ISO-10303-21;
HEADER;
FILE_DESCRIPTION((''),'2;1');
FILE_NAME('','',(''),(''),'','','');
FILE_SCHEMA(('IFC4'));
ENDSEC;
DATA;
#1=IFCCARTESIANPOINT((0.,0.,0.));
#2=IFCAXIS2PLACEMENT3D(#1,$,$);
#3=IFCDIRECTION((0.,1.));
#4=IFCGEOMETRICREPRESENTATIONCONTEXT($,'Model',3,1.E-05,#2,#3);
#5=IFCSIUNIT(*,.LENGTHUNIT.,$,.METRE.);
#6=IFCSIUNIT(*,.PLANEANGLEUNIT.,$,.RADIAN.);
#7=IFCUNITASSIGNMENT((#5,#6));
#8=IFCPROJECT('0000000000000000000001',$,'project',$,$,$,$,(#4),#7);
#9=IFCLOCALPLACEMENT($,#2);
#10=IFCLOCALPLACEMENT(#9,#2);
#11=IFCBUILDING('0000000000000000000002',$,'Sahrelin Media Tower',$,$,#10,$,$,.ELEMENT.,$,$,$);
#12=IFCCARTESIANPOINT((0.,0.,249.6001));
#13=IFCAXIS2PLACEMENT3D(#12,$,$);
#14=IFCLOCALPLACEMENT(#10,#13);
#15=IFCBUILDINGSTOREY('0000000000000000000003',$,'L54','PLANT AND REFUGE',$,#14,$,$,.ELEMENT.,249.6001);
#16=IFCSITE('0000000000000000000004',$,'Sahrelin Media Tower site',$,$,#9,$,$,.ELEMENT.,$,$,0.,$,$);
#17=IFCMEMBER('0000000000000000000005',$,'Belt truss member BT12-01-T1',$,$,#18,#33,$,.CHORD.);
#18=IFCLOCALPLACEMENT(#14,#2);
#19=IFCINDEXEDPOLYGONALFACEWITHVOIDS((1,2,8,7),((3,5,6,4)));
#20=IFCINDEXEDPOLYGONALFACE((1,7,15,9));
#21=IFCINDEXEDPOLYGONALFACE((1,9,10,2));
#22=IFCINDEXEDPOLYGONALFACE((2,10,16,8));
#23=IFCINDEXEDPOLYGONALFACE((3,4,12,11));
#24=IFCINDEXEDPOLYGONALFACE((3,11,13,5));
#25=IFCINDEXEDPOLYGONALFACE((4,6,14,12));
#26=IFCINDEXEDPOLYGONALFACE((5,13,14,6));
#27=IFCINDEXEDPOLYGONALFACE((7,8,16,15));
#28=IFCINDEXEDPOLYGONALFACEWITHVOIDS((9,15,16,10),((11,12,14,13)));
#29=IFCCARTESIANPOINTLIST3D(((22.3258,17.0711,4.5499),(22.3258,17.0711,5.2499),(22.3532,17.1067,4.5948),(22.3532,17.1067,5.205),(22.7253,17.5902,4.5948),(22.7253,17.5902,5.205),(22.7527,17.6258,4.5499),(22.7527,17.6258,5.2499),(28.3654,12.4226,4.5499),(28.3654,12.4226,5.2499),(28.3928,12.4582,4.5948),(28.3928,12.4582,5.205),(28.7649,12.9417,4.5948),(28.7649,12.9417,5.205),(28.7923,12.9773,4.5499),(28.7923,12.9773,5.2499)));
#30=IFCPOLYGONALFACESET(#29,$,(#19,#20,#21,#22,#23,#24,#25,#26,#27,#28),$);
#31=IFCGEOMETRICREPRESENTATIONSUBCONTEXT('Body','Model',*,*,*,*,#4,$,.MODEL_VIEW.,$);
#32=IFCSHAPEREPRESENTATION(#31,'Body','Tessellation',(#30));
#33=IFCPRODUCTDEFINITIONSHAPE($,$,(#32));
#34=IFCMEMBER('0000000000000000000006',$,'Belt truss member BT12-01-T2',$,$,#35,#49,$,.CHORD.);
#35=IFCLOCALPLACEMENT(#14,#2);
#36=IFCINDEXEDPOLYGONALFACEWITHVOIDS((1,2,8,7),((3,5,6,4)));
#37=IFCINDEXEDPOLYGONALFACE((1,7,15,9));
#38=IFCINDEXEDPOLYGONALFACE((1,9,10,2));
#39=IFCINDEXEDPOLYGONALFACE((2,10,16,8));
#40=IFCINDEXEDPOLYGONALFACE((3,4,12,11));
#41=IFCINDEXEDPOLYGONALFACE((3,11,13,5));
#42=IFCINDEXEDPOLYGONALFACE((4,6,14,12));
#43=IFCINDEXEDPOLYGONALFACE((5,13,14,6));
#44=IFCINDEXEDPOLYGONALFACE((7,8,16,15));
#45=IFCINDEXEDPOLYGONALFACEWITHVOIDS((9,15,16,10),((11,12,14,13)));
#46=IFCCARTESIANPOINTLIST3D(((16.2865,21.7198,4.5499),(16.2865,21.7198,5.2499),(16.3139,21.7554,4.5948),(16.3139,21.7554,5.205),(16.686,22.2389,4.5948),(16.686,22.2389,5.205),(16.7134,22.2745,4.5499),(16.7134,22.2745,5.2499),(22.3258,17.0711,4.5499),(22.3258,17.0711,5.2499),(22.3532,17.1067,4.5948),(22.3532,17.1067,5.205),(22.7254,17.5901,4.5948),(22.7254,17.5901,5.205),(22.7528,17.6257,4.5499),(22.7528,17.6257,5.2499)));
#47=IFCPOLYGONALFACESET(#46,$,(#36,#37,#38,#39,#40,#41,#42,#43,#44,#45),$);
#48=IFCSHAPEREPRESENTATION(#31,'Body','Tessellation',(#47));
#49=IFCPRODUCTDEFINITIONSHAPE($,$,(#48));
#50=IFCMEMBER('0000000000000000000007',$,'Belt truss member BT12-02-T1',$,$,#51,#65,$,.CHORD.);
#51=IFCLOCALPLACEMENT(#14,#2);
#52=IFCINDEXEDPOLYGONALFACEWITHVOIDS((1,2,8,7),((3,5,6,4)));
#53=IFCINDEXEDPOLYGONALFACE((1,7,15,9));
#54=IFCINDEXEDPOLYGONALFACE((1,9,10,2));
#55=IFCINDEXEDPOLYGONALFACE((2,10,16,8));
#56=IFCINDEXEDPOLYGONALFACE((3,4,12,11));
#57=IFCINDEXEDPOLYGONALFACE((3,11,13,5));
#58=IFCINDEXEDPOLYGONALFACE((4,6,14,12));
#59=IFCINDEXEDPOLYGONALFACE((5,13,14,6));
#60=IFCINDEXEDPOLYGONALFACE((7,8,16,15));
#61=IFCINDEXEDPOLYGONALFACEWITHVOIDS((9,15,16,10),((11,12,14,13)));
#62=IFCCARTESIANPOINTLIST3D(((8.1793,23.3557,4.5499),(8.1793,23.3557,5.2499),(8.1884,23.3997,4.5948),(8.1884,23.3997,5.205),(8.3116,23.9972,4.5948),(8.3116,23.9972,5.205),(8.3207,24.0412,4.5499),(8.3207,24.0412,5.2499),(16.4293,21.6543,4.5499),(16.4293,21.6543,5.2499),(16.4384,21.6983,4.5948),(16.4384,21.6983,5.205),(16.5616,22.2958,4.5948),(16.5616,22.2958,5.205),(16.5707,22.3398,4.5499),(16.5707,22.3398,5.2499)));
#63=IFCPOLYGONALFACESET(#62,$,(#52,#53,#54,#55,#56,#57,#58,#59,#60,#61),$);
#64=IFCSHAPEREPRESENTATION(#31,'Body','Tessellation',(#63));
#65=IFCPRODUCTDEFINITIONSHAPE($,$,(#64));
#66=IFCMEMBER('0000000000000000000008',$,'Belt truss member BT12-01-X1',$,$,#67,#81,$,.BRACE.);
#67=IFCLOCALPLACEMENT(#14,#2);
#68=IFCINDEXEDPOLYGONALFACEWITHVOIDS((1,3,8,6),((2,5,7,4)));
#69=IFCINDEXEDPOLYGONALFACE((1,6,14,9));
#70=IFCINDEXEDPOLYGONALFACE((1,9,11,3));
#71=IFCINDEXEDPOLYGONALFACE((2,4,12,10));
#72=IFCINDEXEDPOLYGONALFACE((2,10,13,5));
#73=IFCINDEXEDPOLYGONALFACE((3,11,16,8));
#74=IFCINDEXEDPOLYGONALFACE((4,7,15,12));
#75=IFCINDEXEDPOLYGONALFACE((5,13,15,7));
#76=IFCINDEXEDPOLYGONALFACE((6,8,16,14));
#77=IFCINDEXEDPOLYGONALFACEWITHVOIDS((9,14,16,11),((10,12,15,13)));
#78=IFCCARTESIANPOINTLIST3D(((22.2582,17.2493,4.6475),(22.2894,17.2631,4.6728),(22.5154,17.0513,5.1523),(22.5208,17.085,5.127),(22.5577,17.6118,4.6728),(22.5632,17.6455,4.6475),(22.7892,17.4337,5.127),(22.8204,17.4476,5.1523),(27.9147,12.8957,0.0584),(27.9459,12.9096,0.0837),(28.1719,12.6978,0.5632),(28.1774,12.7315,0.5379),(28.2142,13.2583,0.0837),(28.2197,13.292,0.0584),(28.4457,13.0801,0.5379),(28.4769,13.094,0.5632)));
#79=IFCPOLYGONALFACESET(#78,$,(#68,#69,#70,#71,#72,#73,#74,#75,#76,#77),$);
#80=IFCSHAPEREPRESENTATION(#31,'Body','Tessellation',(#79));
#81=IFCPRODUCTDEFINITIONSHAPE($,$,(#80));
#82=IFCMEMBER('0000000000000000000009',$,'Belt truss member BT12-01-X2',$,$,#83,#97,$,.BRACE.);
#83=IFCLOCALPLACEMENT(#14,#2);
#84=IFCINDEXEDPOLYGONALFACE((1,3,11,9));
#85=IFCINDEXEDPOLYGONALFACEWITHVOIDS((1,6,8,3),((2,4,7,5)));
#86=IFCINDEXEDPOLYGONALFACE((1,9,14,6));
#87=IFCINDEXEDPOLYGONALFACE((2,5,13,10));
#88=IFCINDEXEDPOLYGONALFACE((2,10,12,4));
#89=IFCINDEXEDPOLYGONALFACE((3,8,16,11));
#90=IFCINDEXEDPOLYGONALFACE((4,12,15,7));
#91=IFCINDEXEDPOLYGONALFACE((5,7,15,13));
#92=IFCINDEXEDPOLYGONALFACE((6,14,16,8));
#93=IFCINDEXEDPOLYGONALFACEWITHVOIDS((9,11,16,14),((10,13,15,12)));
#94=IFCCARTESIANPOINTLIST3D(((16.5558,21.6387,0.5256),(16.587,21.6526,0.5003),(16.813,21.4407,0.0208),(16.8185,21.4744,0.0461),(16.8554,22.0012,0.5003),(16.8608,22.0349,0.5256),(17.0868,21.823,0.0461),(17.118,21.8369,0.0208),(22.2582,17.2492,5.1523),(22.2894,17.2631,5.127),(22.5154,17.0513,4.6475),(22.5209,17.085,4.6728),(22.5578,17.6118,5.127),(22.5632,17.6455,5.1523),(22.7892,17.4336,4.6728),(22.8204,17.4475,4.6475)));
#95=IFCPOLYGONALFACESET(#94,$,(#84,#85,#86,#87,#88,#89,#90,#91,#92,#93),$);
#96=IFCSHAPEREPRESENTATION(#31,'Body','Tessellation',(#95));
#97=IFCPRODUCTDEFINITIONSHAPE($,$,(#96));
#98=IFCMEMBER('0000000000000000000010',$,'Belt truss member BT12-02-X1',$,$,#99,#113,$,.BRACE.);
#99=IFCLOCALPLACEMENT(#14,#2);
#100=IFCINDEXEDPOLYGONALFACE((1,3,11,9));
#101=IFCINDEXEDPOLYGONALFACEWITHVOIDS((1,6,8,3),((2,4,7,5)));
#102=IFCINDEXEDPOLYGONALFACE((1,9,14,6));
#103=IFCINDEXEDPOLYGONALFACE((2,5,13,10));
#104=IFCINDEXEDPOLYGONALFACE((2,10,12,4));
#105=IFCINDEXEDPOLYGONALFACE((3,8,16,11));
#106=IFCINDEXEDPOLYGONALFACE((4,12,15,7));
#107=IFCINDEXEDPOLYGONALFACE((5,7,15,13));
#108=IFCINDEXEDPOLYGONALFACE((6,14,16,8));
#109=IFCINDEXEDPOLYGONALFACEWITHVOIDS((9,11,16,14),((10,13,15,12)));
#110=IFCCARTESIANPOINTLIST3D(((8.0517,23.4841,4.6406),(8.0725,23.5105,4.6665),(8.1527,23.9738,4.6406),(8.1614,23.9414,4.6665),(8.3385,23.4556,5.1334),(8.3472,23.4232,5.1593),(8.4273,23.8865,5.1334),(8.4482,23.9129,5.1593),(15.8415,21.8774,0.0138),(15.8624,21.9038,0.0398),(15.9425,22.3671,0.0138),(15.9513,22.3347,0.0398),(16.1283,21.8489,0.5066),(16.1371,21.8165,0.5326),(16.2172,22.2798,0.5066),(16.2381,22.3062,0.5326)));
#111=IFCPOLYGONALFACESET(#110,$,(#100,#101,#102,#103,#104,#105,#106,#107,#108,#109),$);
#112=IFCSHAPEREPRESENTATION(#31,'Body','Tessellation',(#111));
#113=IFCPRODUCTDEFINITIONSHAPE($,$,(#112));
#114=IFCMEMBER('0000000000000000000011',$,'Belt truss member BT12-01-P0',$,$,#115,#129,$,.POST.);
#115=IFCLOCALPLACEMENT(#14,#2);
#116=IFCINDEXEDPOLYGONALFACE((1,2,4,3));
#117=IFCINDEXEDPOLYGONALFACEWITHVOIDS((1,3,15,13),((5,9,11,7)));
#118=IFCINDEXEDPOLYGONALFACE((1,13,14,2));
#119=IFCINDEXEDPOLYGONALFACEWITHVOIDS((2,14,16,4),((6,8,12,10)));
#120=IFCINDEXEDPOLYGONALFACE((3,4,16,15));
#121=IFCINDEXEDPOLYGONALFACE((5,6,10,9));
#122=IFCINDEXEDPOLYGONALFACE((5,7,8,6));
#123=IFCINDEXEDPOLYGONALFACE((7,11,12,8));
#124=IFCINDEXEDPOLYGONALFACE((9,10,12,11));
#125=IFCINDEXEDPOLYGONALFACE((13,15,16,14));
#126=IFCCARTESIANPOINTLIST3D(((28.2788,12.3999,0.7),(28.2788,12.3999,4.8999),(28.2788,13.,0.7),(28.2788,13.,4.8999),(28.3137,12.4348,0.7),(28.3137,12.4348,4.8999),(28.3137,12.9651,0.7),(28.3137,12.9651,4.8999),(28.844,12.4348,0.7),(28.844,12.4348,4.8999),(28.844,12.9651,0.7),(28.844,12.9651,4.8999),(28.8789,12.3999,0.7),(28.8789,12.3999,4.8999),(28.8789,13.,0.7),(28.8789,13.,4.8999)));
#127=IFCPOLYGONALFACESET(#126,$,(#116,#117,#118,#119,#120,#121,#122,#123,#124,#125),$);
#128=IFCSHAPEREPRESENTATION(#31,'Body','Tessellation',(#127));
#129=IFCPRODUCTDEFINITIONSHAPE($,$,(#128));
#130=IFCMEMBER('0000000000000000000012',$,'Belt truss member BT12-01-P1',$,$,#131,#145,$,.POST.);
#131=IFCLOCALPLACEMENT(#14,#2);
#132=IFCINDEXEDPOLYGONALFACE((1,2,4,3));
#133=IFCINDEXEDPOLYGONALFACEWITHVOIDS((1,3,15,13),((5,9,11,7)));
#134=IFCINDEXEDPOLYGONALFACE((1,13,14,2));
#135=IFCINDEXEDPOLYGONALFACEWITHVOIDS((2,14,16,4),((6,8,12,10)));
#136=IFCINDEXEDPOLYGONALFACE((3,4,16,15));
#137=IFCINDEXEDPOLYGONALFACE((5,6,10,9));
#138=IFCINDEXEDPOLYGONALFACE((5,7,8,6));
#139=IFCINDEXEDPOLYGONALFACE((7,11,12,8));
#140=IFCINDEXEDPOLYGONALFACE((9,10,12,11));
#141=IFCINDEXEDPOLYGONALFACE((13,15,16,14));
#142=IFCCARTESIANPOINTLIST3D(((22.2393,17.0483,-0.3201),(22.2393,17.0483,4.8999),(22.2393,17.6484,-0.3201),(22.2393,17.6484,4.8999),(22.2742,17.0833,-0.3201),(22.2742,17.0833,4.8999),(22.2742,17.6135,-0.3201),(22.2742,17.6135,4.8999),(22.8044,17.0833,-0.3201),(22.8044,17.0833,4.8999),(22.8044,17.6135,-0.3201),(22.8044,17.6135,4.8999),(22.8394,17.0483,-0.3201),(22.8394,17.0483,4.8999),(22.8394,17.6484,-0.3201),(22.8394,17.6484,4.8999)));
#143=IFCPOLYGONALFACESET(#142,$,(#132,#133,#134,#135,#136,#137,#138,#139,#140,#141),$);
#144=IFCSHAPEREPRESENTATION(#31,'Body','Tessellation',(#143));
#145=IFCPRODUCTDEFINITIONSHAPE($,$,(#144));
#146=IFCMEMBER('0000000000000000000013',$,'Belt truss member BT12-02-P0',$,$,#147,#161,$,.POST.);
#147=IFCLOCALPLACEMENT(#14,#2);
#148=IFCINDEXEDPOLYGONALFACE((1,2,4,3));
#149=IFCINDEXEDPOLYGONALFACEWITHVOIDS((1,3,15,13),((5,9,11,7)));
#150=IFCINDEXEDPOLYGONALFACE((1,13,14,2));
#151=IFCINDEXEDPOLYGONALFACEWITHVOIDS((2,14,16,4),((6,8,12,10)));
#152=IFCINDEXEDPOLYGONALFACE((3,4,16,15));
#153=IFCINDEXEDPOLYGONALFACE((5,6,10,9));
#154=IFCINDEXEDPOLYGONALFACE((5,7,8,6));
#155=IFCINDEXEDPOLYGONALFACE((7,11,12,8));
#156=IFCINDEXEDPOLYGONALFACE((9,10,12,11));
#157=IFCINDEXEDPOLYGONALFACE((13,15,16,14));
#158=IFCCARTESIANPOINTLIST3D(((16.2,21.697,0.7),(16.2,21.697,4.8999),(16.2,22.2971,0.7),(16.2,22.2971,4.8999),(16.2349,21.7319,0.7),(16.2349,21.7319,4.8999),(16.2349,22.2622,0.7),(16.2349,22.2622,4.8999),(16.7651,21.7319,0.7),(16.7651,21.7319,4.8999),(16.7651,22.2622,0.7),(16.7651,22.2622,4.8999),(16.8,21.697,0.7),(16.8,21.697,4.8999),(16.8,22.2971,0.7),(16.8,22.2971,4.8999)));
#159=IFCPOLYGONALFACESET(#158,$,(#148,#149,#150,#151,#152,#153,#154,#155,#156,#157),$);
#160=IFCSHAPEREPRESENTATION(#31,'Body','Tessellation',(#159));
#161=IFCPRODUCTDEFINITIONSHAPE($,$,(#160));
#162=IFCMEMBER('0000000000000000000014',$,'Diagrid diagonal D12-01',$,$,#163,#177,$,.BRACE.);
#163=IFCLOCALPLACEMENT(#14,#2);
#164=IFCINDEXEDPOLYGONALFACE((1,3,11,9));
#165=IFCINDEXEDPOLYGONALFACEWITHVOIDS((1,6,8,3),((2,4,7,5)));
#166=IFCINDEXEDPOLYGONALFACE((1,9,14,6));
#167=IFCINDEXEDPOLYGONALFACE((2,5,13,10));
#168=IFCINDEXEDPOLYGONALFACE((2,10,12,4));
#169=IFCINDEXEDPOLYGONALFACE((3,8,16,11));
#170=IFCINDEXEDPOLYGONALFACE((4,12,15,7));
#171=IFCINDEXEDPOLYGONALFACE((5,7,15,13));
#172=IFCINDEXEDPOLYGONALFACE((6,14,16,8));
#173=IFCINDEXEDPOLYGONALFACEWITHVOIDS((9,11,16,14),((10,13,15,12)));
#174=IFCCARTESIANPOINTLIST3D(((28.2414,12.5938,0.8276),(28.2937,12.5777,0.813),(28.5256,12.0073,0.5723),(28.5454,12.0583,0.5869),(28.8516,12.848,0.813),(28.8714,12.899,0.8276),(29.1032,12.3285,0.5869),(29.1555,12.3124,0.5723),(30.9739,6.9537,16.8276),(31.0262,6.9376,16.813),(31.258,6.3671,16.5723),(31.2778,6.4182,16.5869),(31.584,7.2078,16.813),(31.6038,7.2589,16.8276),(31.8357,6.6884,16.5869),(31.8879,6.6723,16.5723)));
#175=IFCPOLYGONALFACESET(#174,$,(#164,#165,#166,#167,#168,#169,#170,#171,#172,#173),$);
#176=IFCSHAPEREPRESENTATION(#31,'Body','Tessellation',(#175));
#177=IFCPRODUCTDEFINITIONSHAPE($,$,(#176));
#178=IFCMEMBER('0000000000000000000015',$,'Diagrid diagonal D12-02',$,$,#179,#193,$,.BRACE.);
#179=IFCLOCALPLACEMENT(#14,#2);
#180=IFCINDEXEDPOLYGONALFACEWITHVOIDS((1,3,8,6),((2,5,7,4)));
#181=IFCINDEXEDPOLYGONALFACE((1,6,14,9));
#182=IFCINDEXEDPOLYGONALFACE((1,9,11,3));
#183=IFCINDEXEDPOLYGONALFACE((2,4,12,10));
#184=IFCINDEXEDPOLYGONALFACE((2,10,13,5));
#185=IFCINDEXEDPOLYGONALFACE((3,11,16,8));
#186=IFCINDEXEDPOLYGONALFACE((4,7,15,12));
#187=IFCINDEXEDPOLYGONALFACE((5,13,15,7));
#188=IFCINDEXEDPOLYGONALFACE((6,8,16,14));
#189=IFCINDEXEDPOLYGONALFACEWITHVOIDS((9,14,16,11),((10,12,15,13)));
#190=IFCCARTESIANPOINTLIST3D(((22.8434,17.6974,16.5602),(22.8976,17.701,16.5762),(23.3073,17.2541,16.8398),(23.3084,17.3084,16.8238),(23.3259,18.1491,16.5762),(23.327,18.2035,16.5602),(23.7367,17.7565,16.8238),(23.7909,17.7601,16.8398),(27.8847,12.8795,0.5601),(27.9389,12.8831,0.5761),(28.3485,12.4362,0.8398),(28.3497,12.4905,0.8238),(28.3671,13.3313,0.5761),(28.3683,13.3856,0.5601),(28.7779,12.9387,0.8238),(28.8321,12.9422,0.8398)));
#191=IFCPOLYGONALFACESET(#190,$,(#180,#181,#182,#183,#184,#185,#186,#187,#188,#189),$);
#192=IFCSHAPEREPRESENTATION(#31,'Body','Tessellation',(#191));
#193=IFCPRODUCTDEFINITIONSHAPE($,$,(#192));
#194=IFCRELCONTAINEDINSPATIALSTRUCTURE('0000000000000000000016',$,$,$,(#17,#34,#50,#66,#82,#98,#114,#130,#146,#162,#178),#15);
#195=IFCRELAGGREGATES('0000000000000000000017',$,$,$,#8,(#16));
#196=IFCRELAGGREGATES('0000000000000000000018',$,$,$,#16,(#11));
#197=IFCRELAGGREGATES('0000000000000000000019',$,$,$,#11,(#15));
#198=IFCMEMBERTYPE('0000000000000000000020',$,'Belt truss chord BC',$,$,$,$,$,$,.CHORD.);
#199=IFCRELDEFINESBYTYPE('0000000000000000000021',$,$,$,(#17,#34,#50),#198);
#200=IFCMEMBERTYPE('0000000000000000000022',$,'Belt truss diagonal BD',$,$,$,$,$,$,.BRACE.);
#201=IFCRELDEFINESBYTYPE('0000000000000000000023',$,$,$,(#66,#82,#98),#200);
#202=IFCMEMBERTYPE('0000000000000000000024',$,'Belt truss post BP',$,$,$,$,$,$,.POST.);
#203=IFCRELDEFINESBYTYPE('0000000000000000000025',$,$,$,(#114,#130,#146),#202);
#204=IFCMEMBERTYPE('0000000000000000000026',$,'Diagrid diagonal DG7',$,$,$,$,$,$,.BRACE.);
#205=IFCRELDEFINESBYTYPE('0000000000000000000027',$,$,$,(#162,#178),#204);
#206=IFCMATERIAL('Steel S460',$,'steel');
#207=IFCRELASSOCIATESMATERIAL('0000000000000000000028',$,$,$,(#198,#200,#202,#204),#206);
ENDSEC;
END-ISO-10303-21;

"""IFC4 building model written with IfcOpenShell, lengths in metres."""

from ifc_helpers import new_model, si_unit, direction, frame, origin, origin_2d, place, context, subcontext, project, spatial, hollow_rectangle, extrude, material, material_profile, profile_set, type_object, element, save


model = new_model("IFC4")

# Units and contexts
model_context = context("Model", 3, precision=1e-05, world=origin(), true_north=direction((0.0, 1.0)))
body_context = subcontext(model_context, "Body", "Model", "MODEL_VIEW")
ifc_project = project(units=[si_unit("LENGTHUNIT", "METRE"), si_unit("PLANEANGLEUNIT", "RADIAN")], contexts=[model_context])

# Site, building, storey
site_placement = place(None, origin())
site = spatial("IfcSite", under=ifc_project, at=site_placement, Name="Sahrelin Media Tower site", CompositionType="ELEMENT", RefElevation=0.0)
building_placement = place(site_placement, origin())
building = spatial("IfcBuilding", under=site, at=building_placement, Name="Sahrelin Media Tower", CompositionType="ELEMENT")
storey_placement = place(building_placement, frame((0.0, 0.0, 249.6001)))
storey = spatial("IfcBuildingStorey", under=building, at=storey_placement, Name="L54", Description="PLANT AND REFUGE", CompositionType="ELEMENT", Elevation=249.6001)

# Members
ifc_material_1 = material(Name="Steel S460", Category="steel")
ifc_material_profile_1 = material_profile(ifc_material_1, hollow_rectangle(XDim=0.7, YDim=0.7, WallThickness=0.0449, at=origin_2d()), Name="Belt truss chord BC")
ifc_profile_set_1 = profile_set([ifc_material_profile_1], Name="Steel S460")
member_type_1 = type_object("IfcMemberType", Name="Belt truss chord BC", PredefinedType="CHORD", material=ifc_profile_set_1)
for number, where, z_axis, x_axis, name in (
    (1, (28.5789, 12.7, 4.8999), (-0.792457, 0.609927, 0.0), (-0.609927, -0.792457, 0.0), "Belt truss member BT12-01-T1"),
    (2, (22.5393, 17.3484, 4.8999), (-0.79243, 0.609963, 0.0), (-0.609963, -0.79243, 0.0), "Belt truss member BT12-01-T2"),
):
    element("IfcMember", number, at=place(storey_placement, frame(where, z_axis=z_axis, x_axis=x_axis)), inside=storey, type_object=member_type_1, Name=name, PredefinedType="CHORD", context=body_context, shape_type="SweptSolid", body=[
        extrude(hollow_rectangle(XDim=0.7, YDim=0.7, WallThickness=0.0449, at=origin_2d()), origin(), (0.0, 0.0, 1.0), 7.6213),
    ])
member_1_placement = place(storey_placement, frame((16.5, 21.9971, 4.8999), z_axis=(-0.979389, 0.201982, 0.0), x_axis=(-0.201982, -0.979389, 0.0)))
element("IfcMember", 3, at=member_1_placement, inside=storey, type_object=member_type_1, Name="Belt truss member BT12-02-T1", PredefinedType="CHORD", context=body_context, shape_type="SweptSolid", body=[
    extrude(hollow_rectangle(XDim=0.7, YDim=0.7, WallThickness=0.0449, at=origin_2d()), origin(), (0.0, 0.0, 1.0), 8.4236),
])
ifc_material_profile_2 = material_profile(ifc_material_1, hollow_rectangle(XDim=0.5, YDim=0.6001, WallThickness=0.03, at=origin_2d()), Name="Belt truss diagonal BD")
ifc_profile_set_2 = profile_set([ifc_material_profile_2], Name="Steel S460")
member_type_2 = type_object("IfcMemberType", Name="Belt truss diagonal BD", PredefinedType="BRACE", material=ifc_profile_set_2)
member_2_placement = place(storey_placement, frame((28.1958, 12.9949, 0.3108), z_axis=(-0.666583, 0.513035, 0.540798), x_axis=(-0.609919, -0.792464, 0.0)))
element("IfcMember", 4, at=member_2_placement, inside=storey, type_object=member_type_2, Name="Belt truss member BT12-01-X1", PredefinedType="BRACE", context=body_context, shape_type="SweptSolid", body=[
    extrude(hollow_rectangle(XDim=0.5, YDim=0.6001, WallThickness=0.03, at=origin_2d()), origin(), (0.0, 0.0, 1.0), 8.4858),
])
member_3_placement = place(storey_placement, frame((16.8369, 21.7378, 0.2732), z_axis=(0.666545, -0.513072, 0.54081), x_axis=(0.609968, 0.792426, 0.0)))
element("IfcMember", 5, at=member_3_placement, inside=storey, type_object=member_type_2, Name="Belt truss member BT12-01-X2", PredefinedType="BRACE", context=body_context, shape_type="SweptSolid", body=[
    extrude(hollow_rectangle(XDim=0.5, YDim=0.6001, WallThickness=0.03, at=origin_2d()), origin(), (0.0, 0.0, 1.0), 8.5552),
])
member_4_placement = place(storey_placement, frame((16.0398, 22.0918, 0.2732), z_axis=(-0.846573, 0.17461, 0.502818), x_axis=(-0.202004, -0.979385, 0.0)))
element("IfcMember", 6, at=member_4_placement, inside=storey, type_object=member_type_2, Name="Belt truss member BT12-02-X1", PredefinedType="BRACE", context=body_context, shape_type="SweptSolid", body=[
    extrude(hollow_rectangle(XDim=0.5, YDim=0.6001, WallThickness=0.03, at=origin_2d()), origin(), (0.0, 0.0, 1.0), 9.2017),
])
ifc_material_profile_3 = material_profile(ifc_material_1, hollow_rectangle(XDim=0.6001, YDim=0.6001, WallThickness=0.0349, at=origin_2d()), Name="Belt truss post BP")
ifc_profile_set_3 = profile_set([ifc_material_profile_3], Name="Steel S460")
member_type_3 = type_object("IfcMemberType", Name="Belt truss post BP", PredefinedType="POST", material=ifc_profile_set_3)
member_5_placement = place(storey_placement, frame((28.5789, 12.7, 0.7), z_axis=(0.0, 0.0, 1.0), x_axis=(1.0, 0.0, 0.0)))
element("IfcMember", 7, at=member_5_placement, inside=storey, type_object=member_type_3, Name="Belt truss member BT12-01-P0", PredefinedType="POST", context=body_context, shape_type="SweptSolid", body=[
    extrude(hollow_rectangle(XDim=0.6001, YDim=0.6001, WallThickness=0.0349, at=origin_2d()), origin(), (0.0, 0.0, 1.0), 4.2),
])
member_6_placement = place(storey_placement, frame((22.5393, 17.3484, -0.3201), z_axis=(0.0, 0.0, 1.0), x_axis=(1.0, 0.0, 0.0)))
element("IfcMember", 8, at=member_6_placement, inside=storey, type_object=member_type_3, Name="Belt truss member BT12-01-P1", PredefinedType="POST", context=body_context, shape_type="SweptSolid", body=[
    extrude(hollow_rectangle(XDim=0.6001, YDim=0.6001, WallThickness=0.0349, at=origin_2d()), origin(), (0.0, 0.0, 1.0), 5.22),
])
member_7_placement = place(storey_placement, frame((16.5, 21.9971, 0.7), z_axis=(0.0, 0.0, 1.0), x_axis=(1.0, 0.0, 0.0)))
element("IfcMember", 9, at=member_7_placement, inside=storey, type_object=member_type_3, Name="Belt truss member BT12-02-P0", PredefinedType="POST", context=body_context, shape_type="SweptSolid", body=[
    extrude(hollow_rectangle(XDim=0.6001, YDim=0.6001, WallThickness=0.0349, at=origin_2d()), origin(), (0.0, 0.0, 1.0), 4.2),
])
ifc_material_profile_4 = material_profile(ifc_material_1, hollow_rectangle(XDim=0.7, YDim=0.7, WallThickness=0.04, at=origin_2d()), Name="Diagrid diagonal DG7")
ifc_profile_set_4 = profile_set([ifc_material_profile_4], Name="Steel S460")
member_type_4 = type_object("IfcMemberType", Name="Diagrid diagonal DG7", PredefinedType="BRACE", material=ifc_profile_set_4)
member_8_placement = place(storey_placement, frame((28.6985, 12.4531, 0.7), z_axis=(0.159013, -0.328227, 0.931119), x_axis=(0.899951, 0.435991, 0.0)))
element("IfcMember", 10, at=member_8_placement, inside=storey, type_object=member_type_4, Name="Diagrid diagonal D12-01", PredefinedType="BRACE", context=body_context, shape_type="SweptSolid", body=[
    extrude(hollow_rectangle(XDim=0.7, YDim=0.7, WallThickness=0.04, at=origin_2d()), origin(), (0.0, 0.0, 1.0), 17.1836),
])
member_9_placement = place(storey_placement, frame((28.3584, 12.9109, 0.7), z_axis=(-0.288839, 0.27604, 0.916719), x_axis=(-0.690908, -0.722943, 0.0)))
element("IfcMember", 11, at=member_9_placement, inside=storey, type_object=member_type_4, Name="Diagrid diagonal D12-02", PredefinedType="BRACE", context=body_context, shape_type="SweptSolid", body=[
    extrude(hollow_rectangle(XDim=0.7, YDim=0.7, WallThickness=0.04, at=origin_2d()), origin(), (0.0, 0.0, 1.0), 17.4536),
])

save(model, "model.ifc")
